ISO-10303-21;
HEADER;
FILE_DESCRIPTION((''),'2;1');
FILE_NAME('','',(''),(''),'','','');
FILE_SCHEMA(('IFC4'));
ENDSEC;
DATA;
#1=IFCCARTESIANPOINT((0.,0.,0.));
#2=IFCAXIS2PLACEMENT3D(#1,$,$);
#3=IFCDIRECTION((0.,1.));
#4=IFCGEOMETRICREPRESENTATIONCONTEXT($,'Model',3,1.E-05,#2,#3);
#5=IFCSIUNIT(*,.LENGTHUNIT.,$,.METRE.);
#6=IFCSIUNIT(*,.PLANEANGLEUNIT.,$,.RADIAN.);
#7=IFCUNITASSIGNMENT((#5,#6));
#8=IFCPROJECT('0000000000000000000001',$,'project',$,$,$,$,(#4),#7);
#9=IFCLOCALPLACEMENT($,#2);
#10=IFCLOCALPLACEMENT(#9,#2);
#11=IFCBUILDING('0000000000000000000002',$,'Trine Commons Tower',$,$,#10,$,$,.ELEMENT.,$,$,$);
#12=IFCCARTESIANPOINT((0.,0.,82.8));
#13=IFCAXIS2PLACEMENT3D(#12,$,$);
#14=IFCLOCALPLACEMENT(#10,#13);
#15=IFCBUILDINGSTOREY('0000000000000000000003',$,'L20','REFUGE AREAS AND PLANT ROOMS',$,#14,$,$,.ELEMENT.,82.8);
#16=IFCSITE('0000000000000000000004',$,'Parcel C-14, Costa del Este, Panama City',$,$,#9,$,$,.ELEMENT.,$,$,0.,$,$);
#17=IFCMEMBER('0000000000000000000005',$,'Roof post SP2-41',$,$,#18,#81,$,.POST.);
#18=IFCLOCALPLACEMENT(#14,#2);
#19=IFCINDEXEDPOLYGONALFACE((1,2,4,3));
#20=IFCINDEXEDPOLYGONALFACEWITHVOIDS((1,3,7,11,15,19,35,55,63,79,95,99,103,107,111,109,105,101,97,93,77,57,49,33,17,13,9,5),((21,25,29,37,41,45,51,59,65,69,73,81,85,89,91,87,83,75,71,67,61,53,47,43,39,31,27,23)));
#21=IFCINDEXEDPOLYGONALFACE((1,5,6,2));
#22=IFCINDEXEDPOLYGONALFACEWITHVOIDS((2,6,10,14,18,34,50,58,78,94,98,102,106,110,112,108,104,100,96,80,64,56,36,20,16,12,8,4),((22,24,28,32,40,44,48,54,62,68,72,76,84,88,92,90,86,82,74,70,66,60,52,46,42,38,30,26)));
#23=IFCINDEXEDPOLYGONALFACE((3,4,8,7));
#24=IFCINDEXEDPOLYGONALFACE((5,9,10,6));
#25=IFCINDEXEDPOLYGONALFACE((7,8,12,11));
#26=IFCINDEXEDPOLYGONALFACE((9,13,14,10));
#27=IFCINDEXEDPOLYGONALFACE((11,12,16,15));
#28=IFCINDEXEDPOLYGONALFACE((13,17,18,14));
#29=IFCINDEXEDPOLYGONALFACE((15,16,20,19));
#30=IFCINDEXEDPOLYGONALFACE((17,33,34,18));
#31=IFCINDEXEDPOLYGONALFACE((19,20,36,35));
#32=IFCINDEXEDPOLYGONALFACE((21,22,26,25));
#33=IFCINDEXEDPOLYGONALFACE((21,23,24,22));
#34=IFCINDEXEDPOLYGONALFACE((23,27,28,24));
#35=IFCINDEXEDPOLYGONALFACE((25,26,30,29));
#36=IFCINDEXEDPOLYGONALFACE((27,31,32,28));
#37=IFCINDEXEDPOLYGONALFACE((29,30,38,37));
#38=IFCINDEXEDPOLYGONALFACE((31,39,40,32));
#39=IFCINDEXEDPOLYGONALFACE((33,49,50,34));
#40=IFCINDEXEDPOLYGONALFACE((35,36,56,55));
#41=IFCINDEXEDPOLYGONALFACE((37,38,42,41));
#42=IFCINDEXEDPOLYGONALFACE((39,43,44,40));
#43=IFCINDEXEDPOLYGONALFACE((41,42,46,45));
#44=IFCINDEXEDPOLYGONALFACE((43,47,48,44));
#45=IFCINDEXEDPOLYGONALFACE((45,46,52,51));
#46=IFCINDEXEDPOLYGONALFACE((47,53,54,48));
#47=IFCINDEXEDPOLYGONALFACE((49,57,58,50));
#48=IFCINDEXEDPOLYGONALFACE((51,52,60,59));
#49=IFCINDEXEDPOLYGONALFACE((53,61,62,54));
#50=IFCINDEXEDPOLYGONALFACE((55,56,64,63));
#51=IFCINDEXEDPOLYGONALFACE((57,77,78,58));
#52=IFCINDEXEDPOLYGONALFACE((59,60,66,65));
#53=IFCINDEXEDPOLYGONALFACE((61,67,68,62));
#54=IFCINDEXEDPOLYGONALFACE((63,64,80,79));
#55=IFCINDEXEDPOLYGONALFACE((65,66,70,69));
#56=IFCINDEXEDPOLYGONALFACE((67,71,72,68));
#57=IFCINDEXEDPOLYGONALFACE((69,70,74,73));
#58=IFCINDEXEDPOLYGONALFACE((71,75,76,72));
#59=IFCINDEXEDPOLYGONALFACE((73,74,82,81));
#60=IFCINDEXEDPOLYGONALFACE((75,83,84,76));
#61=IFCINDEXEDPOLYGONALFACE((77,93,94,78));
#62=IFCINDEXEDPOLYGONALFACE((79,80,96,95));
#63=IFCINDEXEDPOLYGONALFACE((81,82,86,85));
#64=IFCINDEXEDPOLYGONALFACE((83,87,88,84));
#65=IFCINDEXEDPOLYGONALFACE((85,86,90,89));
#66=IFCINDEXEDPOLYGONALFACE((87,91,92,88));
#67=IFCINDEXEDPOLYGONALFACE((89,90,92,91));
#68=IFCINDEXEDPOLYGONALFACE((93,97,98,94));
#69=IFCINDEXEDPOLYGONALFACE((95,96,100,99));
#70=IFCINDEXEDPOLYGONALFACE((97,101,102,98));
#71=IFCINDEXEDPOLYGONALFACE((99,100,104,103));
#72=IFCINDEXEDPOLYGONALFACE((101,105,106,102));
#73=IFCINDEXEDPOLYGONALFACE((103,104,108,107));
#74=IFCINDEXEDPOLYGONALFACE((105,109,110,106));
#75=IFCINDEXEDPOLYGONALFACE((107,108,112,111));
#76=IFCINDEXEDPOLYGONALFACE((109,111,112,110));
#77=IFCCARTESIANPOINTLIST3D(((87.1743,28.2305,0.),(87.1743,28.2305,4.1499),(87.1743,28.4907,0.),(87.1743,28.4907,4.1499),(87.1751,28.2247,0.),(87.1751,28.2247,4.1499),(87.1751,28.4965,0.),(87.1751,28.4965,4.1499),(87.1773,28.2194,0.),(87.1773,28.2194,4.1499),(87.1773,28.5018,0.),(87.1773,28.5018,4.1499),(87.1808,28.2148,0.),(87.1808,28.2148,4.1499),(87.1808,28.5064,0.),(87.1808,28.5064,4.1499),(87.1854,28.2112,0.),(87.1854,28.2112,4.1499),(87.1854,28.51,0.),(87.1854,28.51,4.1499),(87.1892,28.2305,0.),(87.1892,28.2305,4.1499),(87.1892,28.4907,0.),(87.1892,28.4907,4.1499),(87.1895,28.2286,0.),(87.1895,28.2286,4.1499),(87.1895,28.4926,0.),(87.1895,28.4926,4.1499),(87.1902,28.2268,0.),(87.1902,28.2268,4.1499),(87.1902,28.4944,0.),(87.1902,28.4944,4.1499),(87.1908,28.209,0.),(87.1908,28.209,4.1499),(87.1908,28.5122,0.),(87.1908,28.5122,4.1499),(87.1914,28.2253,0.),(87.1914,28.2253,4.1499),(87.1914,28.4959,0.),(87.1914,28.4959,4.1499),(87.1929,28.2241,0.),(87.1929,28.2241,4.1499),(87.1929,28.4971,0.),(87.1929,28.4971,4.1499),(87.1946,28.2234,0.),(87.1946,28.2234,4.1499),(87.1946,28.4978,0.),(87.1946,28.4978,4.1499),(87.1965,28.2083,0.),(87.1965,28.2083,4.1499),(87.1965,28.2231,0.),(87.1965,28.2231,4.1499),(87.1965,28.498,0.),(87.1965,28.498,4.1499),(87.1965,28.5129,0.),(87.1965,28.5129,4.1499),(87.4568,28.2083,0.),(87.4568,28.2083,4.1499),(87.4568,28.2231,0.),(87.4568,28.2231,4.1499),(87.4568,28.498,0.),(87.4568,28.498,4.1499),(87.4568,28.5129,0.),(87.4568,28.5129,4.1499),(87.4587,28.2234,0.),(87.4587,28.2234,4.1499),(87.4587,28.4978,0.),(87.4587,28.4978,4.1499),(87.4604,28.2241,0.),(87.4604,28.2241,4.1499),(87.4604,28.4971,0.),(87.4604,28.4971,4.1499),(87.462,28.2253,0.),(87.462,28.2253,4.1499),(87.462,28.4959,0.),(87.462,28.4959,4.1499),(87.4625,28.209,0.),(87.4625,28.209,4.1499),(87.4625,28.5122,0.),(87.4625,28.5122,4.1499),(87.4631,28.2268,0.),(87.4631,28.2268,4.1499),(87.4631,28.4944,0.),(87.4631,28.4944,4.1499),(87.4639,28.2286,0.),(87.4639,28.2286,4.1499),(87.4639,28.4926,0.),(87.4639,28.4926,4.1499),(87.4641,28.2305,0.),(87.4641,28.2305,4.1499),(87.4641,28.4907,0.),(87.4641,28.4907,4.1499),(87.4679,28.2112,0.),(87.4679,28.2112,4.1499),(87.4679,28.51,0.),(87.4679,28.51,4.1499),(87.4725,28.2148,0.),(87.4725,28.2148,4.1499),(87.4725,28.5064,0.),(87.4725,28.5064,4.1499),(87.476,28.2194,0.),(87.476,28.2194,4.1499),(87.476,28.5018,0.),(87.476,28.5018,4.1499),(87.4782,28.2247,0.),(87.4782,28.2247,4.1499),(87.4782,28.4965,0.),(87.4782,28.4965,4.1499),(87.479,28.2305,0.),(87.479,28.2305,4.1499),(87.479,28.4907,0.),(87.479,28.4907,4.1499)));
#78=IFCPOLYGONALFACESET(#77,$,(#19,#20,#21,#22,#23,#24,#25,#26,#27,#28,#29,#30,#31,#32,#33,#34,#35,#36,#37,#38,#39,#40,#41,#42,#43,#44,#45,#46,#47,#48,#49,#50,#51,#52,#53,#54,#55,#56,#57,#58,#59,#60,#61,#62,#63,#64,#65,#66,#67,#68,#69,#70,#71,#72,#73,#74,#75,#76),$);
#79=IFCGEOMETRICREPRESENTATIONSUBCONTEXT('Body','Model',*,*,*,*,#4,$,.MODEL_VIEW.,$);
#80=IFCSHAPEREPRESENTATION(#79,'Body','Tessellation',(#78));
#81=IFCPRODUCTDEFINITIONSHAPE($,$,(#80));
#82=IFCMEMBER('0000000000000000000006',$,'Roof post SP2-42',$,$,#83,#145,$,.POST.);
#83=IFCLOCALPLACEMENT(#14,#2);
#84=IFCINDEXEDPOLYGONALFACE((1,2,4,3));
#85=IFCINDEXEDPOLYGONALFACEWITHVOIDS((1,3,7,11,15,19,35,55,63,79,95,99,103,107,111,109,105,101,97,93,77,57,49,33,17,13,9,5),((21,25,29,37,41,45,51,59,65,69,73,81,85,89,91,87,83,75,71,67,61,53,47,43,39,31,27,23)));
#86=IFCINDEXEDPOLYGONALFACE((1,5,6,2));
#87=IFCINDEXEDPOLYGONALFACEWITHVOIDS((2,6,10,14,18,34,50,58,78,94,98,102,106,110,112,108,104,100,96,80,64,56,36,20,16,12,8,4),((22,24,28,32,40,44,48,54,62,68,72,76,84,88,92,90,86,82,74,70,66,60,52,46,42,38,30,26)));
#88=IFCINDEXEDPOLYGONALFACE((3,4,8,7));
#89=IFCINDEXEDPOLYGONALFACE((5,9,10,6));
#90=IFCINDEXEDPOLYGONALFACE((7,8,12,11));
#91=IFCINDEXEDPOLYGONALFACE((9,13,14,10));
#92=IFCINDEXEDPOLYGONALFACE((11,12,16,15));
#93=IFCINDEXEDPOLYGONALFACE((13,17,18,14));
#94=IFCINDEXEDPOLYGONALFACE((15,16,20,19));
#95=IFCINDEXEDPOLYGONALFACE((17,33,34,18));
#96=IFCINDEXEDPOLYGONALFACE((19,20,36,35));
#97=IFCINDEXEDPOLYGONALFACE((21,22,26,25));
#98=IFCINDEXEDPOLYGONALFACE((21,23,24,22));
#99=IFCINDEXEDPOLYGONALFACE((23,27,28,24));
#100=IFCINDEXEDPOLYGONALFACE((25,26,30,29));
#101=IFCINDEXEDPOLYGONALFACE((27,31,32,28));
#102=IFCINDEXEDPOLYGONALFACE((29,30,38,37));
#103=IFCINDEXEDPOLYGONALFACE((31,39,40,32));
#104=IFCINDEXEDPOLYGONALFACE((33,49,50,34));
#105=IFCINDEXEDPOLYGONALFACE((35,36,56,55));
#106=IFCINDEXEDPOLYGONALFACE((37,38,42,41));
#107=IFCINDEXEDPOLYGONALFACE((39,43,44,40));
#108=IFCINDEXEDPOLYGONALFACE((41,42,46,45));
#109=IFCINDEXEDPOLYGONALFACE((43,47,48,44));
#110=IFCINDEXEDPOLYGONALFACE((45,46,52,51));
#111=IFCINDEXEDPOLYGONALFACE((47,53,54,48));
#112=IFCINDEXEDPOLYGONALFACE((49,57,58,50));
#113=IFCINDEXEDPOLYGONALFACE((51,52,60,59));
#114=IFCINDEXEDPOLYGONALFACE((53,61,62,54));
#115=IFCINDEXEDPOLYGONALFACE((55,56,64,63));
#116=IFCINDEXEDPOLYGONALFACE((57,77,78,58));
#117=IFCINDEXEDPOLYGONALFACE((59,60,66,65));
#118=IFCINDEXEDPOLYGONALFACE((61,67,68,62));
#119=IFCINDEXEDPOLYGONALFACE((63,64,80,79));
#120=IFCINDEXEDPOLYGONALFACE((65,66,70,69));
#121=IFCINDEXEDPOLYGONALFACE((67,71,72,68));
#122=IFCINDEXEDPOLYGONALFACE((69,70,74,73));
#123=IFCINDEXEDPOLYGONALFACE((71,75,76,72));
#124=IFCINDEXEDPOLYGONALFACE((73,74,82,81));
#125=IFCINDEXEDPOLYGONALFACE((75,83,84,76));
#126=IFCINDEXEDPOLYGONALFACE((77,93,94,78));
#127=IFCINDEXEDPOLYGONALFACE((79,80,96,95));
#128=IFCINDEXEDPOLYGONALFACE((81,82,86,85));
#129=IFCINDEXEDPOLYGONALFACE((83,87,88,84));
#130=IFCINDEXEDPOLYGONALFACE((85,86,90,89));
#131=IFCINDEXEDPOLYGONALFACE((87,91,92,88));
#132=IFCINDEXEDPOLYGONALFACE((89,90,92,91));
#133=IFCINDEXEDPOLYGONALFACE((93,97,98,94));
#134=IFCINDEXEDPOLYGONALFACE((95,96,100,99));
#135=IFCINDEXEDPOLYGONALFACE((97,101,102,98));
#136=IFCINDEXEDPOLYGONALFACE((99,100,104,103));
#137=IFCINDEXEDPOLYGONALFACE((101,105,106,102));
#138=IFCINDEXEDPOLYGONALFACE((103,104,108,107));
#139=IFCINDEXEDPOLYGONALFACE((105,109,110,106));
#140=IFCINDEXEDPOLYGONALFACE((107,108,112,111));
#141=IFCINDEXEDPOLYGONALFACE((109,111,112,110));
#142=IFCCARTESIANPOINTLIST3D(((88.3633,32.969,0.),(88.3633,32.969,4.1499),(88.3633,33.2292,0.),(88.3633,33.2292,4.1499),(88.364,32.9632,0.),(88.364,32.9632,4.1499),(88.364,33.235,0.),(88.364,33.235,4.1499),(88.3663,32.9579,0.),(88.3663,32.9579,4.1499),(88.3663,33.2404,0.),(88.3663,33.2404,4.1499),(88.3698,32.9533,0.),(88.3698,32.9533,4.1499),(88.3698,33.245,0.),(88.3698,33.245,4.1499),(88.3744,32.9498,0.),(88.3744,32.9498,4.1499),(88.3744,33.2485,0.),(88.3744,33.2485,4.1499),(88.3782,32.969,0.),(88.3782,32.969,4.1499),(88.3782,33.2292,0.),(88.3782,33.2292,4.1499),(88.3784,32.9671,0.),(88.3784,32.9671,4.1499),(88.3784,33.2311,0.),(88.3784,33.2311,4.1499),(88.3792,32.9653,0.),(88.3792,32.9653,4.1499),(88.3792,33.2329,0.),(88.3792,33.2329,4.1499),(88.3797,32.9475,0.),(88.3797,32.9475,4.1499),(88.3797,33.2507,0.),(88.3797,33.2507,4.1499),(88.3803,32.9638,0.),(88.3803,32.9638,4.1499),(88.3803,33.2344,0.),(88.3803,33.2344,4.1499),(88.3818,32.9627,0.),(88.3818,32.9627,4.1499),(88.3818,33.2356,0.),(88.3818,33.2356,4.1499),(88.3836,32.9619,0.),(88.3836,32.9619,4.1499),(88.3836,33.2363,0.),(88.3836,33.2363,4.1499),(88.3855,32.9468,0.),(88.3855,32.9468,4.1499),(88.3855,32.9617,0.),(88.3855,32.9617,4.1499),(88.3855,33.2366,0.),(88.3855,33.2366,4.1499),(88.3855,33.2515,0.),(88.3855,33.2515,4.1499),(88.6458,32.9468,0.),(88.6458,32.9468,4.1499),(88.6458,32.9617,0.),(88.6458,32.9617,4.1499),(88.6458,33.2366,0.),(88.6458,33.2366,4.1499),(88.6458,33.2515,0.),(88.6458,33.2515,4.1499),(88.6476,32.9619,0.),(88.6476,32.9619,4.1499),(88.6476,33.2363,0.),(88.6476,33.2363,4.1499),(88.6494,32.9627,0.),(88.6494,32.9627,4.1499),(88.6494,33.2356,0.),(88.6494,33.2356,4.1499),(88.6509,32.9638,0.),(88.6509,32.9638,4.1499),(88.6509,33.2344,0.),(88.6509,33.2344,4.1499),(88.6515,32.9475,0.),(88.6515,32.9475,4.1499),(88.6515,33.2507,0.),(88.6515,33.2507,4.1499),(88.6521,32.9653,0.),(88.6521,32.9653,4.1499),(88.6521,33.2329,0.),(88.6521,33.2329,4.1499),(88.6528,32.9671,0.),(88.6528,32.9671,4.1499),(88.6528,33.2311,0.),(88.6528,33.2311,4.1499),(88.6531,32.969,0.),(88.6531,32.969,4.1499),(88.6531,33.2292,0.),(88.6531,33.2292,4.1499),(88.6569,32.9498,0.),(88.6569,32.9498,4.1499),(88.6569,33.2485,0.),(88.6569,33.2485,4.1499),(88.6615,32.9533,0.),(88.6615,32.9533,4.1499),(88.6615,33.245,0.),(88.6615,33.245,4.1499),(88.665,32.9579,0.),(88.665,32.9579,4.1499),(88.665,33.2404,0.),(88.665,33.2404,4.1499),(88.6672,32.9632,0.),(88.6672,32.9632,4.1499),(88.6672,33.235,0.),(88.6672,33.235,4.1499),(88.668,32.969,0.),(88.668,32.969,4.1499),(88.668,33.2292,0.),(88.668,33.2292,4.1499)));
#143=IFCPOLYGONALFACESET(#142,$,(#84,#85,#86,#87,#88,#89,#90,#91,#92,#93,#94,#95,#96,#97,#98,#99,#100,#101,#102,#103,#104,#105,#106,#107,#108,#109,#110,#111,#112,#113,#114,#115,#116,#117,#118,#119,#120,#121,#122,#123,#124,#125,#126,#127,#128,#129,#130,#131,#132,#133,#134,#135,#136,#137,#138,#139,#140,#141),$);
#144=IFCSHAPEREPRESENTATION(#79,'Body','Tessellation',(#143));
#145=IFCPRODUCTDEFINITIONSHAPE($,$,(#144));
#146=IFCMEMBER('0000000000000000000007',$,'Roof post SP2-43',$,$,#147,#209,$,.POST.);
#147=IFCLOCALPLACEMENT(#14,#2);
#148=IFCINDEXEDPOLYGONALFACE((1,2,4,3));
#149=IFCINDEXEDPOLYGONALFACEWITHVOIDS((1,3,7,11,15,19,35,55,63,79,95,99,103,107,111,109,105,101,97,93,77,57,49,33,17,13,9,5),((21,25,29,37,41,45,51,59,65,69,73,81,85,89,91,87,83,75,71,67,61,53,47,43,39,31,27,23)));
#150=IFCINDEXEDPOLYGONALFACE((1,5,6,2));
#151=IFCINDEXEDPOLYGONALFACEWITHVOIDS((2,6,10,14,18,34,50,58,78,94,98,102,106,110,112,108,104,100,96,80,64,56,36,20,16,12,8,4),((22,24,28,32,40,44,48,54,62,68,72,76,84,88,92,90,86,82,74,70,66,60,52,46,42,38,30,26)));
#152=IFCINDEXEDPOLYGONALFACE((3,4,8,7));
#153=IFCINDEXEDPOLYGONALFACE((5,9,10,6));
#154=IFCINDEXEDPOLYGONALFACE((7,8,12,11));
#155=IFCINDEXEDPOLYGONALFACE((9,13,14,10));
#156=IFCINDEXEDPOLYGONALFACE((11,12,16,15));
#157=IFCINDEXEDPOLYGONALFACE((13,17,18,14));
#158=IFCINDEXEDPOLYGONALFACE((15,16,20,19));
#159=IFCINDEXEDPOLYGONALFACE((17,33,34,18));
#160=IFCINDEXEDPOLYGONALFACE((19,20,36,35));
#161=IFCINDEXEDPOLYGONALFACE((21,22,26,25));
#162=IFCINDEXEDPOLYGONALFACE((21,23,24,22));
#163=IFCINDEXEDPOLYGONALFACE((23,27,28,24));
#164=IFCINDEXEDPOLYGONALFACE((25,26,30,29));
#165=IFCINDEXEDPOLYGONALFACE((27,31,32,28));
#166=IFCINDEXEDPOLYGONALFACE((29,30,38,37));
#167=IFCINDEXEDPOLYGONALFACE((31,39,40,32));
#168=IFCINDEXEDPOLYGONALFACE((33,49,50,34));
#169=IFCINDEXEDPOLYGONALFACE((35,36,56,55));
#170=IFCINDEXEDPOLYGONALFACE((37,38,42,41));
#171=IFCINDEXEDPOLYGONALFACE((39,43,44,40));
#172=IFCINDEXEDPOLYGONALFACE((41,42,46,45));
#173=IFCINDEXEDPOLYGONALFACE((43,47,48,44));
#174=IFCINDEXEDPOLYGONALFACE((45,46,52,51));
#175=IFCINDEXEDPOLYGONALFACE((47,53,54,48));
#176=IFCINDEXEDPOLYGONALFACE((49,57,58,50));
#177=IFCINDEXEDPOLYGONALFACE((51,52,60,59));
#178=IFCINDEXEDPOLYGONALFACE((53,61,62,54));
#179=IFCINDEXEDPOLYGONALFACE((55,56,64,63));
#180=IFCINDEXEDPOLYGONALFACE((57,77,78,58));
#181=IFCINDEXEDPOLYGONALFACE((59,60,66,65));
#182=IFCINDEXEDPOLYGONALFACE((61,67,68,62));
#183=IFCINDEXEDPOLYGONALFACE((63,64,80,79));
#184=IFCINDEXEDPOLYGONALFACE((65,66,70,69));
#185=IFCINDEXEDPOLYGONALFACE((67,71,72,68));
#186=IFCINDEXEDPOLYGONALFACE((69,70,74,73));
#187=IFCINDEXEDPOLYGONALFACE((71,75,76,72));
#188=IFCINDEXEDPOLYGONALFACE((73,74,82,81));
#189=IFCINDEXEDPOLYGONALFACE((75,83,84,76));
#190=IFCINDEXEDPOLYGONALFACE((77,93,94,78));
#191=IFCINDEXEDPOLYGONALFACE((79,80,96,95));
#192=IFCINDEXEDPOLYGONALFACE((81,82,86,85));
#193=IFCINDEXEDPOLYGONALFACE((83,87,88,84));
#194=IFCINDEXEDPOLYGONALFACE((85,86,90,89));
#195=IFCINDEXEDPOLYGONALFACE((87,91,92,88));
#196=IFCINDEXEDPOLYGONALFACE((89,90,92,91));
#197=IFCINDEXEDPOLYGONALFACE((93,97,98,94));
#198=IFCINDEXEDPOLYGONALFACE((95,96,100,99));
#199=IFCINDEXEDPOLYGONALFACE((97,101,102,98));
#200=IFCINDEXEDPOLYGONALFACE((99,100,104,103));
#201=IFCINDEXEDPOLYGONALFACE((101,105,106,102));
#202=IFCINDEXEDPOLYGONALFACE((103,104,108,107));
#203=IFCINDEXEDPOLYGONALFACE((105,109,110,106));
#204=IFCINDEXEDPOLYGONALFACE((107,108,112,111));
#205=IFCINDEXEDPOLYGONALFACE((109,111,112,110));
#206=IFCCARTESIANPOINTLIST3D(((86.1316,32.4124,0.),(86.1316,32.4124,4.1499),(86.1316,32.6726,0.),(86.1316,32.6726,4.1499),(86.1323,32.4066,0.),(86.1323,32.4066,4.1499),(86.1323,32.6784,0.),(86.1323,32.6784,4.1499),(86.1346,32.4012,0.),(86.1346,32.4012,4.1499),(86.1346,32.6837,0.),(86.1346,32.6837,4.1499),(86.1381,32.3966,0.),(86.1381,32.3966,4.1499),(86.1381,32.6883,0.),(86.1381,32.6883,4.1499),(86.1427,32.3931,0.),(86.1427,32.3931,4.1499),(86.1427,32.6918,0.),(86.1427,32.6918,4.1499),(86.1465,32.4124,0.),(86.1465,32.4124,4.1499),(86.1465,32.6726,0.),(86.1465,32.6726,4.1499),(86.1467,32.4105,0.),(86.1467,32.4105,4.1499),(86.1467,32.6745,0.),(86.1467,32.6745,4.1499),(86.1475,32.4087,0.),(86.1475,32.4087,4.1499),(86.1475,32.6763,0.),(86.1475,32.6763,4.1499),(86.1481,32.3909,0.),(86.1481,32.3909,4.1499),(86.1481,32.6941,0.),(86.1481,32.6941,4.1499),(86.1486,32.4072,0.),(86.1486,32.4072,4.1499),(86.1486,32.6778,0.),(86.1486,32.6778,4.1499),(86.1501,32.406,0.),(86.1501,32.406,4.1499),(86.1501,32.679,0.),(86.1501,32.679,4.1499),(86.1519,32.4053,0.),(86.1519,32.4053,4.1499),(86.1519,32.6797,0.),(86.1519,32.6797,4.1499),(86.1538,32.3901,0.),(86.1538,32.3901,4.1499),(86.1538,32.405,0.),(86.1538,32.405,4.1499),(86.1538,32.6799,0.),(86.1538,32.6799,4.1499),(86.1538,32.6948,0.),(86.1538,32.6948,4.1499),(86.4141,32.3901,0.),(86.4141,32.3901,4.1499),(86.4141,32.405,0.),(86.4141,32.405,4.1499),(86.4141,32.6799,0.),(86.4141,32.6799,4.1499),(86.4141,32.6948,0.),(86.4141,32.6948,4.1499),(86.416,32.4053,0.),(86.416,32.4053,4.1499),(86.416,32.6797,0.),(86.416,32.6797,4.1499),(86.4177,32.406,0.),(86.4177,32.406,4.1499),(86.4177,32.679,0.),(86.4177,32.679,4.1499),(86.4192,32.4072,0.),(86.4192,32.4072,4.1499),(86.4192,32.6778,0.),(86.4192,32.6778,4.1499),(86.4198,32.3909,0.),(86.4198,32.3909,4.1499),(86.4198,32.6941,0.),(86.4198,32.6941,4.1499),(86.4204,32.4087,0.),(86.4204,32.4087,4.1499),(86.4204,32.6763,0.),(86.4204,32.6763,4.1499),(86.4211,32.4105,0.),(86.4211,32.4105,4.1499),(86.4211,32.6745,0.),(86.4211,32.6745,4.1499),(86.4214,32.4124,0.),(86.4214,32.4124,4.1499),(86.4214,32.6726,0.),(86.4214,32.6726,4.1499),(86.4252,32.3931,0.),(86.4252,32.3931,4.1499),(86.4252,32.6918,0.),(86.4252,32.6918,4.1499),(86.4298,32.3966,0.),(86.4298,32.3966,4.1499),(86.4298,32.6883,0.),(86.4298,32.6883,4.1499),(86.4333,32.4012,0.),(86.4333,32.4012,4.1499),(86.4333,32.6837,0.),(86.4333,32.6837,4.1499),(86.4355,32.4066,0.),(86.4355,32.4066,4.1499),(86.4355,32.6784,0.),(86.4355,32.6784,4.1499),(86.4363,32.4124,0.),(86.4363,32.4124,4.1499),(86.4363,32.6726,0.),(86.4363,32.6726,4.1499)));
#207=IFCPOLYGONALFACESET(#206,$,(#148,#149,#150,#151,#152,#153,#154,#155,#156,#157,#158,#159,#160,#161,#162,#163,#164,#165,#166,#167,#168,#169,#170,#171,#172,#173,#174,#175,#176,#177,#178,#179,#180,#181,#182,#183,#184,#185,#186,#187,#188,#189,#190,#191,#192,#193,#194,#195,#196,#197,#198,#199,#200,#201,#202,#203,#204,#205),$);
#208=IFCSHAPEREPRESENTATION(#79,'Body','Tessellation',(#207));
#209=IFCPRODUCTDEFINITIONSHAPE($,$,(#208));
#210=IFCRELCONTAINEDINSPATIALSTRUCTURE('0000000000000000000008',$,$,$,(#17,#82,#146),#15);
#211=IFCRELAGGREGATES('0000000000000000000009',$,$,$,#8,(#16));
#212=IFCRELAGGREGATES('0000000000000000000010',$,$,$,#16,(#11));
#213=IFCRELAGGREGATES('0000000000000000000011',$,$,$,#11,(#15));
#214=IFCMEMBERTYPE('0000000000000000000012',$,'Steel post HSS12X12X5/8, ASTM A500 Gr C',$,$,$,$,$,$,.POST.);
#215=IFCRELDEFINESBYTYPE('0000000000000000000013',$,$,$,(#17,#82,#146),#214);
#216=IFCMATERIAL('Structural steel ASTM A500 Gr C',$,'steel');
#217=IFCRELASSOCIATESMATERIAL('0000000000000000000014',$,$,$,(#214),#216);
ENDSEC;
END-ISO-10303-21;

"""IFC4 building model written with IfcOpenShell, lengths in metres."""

from ifc_helpers import new_model, si_unit, direction, frame, origin, origin_2d, place, context, subcontext, project, spatial, hollow_rectangle, extrude, material, material_profile, profile_set, type_object, element, save


model = new_model("IFC4")

# Units and contexts
model_context = context("Model", 3, precision=1e-05, world=origin(), true_north=direction((0.0, 1.0)))
body_context = subcontext(model_context, "Body", "Model", "MODEL_VIEW")
ifc_project = project(units=[si_unit("LENGTHUNIT", "METRE"), si_unit("PLANEANGLEUNIT", "RADIAN")], contexts=[model_context])

# Site, building, storey
site_placement = place(None, origin())
site = spatial("IfcSite", under=ifc_project, at=site_placement, Name="Parcel C-14, Costa del Este, Panama City", CompositionType="ELEMENT", RefElevation=0.0)
building_placement = place(site_placement, origin())
building = spatial("IfcBuilding", under=site, at=building_placement, Name="Trine Commons Tower", CompositionType="ELEMENT")
storey_placement = place(building_placement, frame((0.0, 0.0, 82.8)))
storey = spatial("IfcBuildingStorey", under=building, at=storey_placement, Name="L20", Description="REFUGE AREAS AND PLANT ROOMS", CompositionType="ELEMENT", Elevation=82.8)

# Members
ifc_material_1 = material(Name="Structural steel ASTM A500 Gr C", Category="steel")
ifc_material_profile_1 = material_profile(ifc_material_1, hollow_rectangle(XDim=0.3047, YDim=0.3047, WallThickness=0.0149, InnerFilletRadius=0.0073, OuterFilletRadius=0.0222, at=origin_2d()), Name="HSS12X12X5/8")
ifc_profile_set_1 = profile_set([ifc_material_profile_1], Name="Structural steel ASTM A500 Gr C")
member_type_1 = type_object("IfcMemberType", Name="Steel post HSS12X12X5/8, ASTM A500 Gr C", PredefinedType="POST", material=ifc_profile_set_1)
for number, where, z_axis, x_axis, name in (
    (1, (87.3267, 28.3606, 0.0), (0.0, 0.0, 1.0), (1.0, 0.0, 0.0), "Roof post SP2-41"),
    (2, (88.5156, 33.0991, 0.0), (0.0, 0.0, 1.0), (1.0, 0.0, 0.0), "Roof post SP2-42"),
    (3, (86.2839, 32.5425, 0.0), (0.0, 0.0, 1.0), (1.0, 0.0, 0.0), "Roof post SP2-43"),
):
    element("IfcMember", number, at=place(storey_placement, frame(where, z_axis=z_axis, x_axis=x_axis)), inside=storey, type_object=member_type_1, Name=name, PredefinedType="POST", context=body_context, shape_type="SweptSolid", body=[
        extrude(hollow_rectangle(XDim=0.3047, YDim=0.3047, WallThickness=0.0149, InnerFilletRadius=0.0073, OuterFilletRadius=0.0222, at=origin_2d()), origin(), (0.0, 0.0, 1.0), 4.1499),
    ])

save(model, "model.ifc")
